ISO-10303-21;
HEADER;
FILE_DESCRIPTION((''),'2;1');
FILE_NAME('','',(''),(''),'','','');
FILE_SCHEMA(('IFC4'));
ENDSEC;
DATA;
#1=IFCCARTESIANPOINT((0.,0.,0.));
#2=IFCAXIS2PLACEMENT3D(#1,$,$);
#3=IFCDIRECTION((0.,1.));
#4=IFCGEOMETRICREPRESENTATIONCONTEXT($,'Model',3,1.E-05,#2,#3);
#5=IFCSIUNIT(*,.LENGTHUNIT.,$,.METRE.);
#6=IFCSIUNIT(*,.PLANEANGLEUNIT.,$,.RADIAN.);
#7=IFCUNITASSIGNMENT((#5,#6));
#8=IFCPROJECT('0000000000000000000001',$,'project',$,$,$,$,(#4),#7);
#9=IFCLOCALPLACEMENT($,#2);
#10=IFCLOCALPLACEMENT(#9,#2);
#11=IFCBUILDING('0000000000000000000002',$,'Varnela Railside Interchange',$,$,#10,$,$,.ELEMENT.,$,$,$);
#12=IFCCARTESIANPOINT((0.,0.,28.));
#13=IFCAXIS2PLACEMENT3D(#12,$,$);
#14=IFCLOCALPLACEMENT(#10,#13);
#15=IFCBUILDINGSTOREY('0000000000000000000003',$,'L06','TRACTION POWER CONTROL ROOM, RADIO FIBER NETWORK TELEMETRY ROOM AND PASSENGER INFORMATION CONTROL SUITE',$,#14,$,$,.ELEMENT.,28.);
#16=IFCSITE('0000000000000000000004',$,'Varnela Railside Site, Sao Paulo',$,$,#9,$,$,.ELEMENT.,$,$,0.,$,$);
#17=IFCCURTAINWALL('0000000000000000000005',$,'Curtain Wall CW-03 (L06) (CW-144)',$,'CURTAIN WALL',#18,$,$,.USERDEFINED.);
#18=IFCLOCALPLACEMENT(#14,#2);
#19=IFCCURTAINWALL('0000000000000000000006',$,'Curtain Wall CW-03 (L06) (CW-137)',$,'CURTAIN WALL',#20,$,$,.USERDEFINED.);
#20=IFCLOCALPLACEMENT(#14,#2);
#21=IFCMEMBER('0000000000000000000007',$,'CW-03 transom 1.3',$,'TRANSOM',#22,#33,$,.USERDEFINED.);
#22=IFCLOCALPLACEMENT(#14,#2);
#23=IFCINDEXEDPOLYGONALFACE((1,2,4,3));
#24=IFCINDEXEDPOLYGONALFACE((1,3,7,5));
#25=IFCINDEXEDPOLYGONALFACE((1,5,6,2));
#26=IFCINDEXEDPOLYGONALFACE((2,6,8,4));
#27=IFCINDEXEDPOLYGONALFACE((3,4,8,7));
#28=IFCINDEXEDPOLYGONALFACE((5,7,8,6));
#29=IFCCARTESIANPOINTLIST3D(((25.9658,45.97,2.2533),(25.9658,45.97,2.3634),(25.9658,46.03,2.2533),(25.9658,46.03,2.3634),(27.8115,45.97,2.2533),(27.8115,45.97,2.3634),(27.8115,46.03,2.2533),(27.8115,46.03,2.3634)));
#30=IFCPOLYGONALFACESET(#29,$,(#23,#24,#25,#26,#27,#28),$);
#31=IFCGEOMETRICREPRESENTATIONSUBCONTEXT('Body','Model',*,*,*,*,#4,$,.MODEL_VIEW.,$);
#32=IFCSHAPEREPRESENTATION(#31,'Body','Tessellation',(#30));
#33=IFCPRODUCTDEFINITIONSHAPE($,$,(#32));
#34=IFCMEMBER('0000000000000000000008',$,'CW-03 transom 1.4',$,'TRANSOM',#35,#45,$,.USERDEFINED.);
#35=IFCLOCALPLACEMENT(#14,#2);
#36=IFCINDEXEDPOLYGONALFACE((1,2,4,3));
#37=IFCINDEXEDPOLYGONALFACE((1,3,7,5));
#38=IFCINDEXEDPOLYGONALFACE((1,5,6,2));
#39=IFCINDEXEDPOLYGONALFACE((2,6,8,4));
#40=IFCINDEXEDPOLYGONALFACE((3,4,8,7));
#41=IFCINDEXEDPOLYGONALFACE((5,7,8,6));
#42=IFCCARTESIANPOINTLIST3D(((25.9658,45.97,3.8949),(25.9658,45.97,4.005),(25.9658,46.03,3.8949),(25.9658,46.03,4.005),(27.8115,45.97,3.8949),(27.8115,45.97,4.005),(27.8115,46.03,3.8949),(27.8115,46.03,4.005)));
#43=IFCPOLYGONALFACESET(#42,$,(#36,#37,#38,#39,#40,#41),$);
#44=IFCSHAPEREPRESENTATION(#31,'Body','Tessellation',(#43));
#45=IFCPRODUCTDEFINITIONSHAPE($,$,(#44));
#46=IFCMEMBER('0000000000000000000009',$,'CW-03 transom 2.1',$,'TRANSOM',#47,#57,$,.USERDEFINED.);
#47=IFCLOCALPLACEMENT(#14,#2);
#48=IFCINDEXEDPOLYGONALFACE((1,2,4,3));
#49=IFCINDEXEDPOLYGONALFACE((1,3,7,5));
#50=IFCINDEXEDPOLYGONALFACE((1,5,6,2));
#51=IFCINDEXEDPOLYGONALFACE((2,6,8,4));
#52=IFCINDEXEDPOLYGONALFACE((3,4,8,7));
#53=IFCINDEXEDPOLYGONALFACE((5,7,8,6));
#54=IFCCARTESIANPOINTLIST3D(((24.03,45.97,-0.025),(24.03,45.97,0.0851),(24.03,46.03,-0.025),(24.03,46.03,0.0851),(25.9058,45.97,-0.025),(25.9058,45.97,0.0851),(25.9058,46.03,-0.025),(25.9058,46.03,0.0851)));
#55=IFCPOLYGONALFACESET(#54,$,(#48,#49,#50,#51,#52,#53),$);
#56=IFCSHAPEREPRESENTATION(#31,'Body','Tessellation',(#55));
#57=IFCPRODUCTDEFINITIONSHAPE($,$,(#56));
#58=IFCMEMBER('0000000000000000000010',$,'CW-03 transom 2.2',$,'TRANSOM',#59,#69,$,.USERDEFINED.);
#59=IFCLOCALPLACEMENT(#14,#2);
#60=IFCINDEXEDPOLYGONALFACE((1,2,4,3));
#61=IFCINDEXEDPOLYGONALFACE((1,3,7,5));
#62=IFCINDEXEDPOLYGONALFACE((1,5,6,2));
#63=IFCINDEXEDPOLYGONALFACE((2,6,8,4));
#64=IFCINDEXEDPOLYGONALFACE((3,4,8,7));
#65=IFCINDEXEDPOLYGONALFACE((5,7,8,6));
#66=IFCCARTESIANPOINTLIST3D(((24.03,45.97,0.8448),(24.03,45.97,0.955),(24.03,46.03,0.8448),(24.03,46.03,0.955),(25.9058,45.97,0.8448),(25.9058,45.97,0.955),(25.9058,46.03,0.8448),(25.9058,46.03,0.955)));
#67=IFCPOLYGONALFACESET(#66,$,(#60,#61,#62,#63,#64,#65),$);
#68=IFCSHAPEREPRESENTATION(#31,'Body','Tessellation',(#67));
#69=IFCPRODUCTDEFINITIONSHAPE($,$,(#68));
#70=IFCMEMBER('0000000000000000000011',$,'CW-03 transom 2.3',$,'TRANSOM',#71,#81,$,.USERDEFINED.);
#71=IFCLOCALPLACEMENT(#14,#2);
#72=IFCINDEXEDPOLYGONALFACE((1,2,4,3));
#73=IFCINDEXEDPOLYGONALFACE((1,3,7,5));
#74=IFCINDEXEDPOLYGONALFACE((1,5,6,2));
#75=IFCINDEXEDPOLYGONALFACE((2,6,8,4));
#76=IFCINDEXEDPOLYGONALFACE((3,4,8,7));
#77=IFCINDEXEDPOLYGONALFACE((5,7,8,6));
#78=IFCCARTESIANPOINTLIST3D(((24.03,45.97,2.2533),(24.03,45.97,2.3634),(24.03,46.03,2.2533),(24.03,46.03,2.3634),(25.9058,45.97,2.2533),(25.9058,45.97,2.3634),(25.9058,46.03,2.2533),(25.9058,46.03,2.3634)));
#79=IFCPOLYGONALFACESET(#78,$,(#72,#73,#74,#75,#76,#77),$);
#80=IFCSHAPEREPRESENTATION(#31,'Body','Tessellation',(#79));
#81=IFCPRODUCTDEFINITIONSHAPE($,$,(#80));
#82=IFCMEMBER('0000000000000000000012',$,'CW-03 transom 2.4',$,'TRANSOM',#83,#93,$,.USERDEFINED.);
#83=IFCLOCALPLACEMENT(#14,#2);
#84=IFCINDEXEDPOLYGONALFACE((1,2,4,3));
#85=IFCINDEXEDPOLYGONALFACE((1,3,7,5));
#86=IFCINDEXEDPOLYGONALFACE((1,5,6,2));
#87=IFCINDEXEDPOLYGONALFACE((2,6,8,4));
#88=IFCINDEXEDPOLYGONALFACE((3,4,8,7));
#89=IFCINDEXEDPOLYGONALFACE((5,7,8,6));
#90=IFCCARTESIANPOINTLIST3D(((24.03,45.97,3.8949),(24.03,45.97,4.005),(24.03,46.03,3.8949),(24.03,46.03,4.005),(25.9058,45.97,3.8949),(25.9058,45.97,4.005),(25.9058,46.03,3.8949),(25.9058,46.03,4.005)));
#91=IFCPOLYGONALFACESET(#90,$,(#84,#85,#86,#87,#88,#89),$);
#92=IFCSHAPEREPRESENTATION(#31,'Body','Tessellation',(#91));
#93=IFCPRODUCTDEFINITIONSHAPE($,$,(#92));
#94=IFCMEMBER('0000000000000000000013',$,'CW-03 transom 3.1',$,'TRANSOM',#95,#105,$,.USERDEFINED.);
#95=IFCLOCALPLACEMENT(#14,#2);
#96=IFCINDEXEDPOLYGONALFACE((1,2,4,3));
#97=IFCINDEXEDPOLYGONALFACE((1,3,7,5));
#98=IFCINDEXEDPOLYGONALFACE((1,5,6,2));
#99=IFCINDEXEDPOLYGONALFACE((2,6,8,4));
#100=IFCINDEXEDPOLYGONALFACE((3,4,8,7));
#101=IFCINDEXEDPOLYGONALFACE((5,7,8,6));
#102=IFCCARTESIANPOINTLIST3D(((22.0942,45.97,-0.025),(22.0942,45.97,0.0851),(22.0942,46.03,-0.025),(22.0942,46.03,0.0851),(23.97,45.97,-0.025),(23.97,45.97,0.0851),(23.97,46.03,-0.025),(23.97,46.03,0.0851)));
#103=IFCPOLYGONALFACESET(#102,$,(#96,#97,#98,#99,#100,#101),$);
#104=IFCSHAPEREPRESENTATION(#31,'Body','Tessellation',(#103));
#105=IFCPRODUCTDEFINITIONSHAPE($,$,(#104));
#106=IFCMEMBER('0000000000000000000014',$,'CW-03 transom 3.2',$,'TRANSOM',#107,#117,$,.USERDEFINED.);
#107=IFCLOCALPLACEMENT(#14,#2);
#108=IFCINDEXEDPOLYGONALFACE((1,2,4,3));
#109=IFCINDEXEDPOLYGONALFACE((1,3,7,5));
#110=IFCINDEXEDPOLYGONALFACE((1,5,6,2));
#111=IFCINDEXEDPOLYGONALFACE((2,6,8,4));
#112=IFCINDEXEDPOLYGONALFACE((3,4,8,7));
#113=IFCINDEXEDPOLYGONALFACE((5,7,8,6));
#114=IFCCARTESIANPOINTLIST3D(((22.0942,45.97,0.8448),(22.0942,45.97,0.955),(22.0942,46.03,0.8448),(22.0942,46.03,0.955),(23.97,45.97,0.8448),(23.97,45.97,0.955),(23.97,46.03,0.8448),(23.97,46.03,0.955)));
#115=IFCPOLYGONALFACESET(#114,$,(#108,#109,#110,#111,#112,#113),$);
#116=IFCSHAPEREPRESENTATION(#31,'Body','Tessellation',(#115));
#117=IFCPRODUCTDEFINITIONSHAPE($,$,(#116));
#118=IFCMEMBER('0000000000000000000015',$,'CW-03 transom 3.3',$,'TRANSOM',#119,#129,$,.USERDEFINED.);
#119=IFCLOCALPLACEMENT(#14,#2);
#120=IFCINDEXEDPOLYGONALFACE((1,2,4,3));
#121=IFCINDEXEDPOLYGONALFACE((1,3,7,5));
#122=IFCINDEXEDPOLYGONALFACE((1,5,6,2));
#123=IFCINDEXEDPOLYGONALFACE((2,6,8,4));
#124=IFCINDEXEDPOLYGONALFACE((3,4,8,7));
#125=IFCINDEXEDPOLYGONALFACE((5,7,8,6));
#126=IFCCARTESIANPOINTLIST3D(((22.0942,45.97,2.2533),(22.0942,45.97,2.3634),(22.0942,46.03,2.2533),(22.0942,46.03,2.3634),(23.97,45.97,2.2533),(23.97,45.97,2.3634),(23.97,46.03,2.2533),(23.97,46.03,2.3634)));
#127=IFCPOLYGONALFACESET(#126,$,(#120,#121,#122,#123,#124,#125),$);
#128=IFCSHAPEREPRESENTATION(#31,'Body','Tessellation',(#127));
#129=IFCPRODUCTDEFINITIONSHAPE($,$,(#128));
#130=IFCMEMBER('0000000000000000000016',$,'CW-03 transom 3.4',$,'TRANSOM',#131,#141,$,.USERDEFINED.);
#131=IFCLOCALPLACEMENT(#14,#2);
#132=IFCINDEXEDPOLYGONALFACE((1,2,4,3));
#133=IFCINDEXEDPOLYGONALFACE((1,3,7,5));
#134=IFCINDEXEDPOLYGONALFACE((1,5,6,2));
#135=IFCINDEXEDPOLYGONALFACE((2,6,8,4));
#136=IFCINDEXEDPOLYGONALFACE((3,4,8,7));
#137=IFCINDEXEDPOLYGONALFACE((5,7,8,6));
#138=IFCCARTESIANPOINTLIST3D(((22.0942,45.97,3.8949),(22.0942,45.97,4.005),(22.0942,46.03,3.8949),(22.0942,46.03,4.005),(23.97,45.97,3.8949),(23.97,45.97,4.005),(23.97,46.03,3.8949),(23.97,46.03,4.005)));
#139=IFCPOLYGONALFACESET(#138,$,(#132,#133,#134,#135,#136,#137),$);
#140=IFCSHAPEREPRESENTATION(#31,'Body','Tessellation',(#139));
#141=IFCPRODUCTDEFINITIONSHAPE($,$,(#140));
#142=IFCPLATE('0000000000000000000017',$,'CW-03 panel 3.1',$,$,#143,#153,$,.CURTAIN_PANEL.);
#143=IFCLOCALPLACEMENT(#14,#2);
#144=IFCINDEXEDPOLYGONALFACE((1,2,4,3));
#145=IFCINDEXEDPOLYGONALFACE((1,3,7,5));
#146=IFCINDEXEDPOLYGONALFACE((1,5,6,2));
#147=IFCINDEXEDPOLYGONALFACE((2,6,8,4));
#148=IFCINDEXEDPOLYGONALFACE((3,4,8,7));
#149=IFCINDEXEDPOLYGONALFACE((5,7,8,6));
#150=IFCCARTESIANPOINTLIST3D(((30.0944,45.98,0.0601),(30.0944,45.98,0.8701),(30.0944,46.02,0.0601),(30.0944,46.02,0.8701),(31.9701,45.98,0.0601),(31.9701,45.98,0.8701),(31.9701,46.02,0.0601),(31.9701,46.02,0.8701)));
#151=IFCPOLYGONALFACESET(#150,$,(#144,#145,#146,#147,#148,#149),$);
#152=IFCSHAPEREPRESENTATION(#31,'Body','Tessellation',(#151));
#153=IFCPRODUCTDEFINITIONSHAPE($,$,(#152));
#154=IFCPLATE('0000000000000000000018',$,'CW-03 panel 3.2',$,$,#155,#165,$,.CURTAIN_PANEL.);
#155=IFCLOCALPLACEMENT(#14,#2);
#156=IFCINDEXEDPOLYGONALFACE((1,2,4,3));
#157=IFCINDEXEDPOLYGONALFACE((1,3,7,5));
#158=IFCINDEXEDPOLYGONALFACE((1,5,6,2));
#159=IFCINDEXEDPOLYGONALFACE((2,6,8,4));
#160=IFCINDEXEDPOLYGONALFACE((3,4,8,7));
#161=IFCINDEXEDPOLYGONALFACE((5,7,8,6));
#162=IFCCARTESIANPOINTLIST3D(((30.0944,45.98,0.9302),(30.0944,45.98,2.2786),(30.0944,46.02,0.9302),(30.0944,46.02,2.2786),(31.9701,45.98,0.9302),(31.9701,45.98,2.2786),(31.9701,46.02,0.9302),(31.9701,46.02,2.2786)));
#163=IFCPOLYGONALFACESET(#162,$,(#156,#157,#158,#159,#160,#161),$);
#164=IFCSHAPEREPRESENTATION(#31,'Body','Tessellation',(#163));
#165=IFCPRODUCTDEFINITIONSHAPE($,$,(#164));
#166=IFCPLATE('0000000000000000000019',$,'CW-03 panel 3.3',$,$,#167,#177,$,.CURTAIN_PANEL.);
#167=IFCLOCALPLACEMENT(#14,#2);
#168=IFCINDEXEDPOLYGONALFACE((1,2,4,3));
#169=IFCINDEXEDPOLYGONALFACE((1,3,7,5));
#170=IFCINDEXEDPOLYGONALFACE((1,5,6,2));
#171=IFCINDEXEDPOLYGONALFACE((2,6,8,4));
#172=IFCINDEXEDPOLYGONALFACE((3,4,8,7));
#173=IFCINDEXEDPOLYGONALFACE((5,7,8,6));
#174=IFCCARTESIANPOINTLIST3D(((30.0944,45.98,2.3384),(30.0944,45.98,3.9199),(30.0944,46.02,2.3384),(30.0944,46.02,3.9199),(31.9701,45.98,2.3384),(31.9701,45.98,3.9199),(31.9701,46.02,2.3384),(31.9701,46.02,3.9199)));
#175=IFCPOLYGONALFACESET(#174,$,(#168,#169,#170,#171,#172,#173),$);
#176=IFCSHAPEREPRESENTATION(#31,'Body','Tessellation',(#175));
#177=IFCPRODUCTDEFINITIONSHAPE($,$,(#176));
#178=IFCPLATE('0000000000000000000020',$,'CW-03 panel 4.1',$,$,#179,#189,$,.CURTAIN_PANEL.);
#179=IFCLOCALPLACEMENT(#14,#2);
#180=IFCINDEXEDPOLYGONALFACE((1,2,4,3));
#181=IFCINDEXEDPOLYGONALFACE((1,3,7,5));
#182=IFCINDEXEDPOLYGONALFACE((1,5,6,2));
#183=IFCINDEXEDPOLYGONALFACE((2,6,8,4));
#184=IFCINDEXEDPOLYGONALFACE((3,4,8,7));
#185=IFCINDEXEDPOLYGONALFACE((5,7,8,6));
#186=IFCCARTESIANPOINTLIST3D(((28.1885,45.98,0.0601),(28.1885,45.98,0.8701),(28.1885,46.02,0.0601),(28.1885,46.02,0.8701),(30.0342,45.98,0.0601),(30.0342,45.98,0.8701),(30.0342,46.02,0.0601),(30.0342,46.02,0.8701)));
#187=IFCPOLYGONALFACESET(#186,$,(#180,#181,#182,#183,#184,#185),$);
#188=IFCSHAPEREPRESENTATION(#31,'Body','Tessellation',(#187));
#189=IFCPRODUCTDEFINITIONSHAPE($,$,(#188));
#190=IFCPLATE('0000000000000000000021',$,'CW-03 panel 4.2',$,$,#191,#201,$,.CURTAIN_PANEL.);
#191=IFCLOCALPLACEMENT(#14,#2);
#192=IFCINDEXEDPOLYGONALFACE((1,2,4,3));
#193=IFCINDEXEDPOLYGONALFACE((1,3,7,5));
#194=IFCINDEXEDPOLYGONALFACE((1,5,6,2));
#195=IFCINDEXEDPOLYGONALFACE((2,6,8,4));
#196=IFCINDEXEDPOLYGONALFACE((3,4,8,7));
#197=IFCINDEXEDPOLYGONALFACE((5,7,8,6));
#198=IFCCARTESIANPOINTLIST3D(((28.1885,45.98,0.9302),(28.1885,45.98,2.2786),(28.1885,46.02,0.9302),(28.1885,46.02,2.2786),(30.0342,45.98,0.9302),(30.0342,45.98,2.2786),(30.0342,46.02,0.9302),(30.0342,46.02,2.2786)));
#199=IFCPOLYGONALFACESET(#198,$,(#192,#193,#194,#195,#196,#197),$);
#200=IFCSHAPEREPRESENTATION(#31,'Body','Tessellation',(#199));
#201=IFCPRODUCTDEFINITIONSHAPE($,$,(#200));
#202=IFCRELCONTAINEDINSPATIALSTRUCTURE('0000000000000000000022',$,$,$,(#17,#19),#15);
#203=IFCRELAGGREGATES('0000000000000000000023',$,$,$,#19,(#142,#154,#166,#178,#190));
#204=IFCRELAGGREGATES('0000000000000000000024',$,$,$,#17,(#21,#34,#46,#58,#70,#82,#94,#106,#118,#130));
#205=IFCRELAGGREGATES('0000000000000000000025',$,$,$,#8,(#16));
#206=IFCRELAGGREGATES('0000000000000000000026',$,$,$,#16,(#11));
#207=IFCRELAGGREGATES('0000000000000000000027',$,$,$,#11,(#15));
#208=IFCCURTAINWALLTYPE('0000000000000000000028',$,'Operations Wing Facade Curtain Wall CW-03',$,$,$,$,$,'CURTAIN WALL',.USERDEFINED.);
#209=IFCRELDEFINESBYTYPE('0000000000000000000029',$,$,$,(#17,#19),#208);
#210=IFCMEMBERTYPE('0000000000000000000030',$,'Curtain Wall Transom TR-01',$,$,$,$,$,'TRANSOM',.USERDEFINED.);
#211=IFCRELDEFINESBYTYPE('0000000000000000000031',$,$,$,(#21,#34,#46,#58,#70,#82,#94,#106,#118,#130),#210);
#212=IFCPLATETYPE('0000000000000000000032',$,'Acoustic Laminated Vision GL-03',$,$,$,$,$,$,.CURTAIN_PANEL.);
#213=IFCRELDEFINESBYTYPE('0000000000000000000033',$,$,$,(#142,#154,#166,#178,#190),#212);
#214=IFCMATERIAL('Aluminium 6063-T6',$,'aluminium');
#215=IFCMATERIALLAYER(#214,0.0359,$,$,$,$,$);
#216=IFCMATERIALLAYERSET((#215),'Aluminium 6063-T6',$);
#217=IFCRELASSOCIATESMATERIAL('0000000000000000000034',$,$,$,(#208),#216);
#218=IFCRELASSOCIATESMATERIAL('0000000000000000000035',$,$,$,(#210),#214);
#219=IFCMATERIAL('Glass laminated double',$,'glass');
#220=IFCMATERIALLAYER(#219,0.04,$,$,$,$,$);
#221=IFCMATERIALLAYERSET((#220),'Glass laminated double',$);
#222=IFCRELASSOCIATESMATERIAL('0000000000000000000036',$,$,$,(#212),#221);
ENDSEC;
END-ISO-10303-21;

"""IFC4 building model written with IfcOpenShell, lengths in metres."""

from ifc_helpers import new_model, si_unit, direction, frame, origin, origin_2d, place, context, subcontext, project, spatial, rectangle, extrude, material, layer, layer_set, material_profile, profile_set, type_object, element, aggregate, save


model = new_model("IFC4")

# Units and contexts
model_context = context("Model", 3, precision=1e-05, world=origin(), true_north=direction((0.0, 1.0)))
body_context = subcontext(model_context, "Body", "Model", "MODEL_VIEW")
ifc_project = project(units=[si_unit("LENGTHUNIT", "METRE"), si_unit("PLANEANGLEUNIT", "RADIAN")], contexts=[model_context])

# Site, building, storey
site_placement = place(None, origin())
site = spatial("IfcSite", under=ifc_project, at=site_placement, Name="Varnela Railside Site, Sao Paulo", CompositionType="ELEMENT", RefElevation=0.0)
building_placement = place(site_placement, origin())
building = spatial("IfcBuilding", under=site, at=building_placement, Name="Varnela Railside Interchange", CompositionType="ELEMENT")
storey_placement = place(building_placement, frame((0.0, 0.0, 28.0)))
storey = spatial("IfcBuildingStorey", under=building, at=storey_placement, Name="L06", Description="TRACTION POWER CONTROL ROOM, RADIO FIBER NETWORK TELEMETRY ROOM AND PASSENGER INFORMATION CONTROL SUITE", CompositionType="ELEMENT", Elevation=28.0)

# Curtain walls
ifc_material_1 = material(Name="Aluminium 6063-T6", Category="aluminium")
ifc_layer_1 = layer(ifc_material_1, 0.0359)
ifc_layer_set_1 = layer_set([ifc_layer_1], Name="Aluminium 6063-T6")
curtain_wall_type = type_object("IfcCurtainWallType", Name="Operations Wing Facade Curtain Wall CW-03", ElementType="CURTAIN WALL", PredefinedType="USERDEFINED", material=ifc_layer_set_1)
curtain_wall_1_placement = place(storey_placement, origin())
curtain_wall_1 = element("IfcCurtainWall", 1, at=curtain_wall_1_placement, inside=storey, type_object=curtain_wall_type, Name="Curtain Wall CW-03 (L06) (CW-144)", ObjectType="CURTAIN WALL", PredefinedType="USERDEFINED")
curtain_wall_2_placement = place(storey_placement, origin())
curtain_wall_2 = element("IfcCurtainWall", 2, at=curtain_wall_2_placement, inside=storey, type_object=curtain_wall_type, Name="Curtain Wall CW-03 (L06) (CW-137)", ObjectType="CURTAIN WALL", PredefinedType="USERDEFINED")
ifc_material_profile_1 = material_profile(ifc_material_1, rectangle(XDim=0.0601, YDim=0.1101, at=origin_2d()), Name="ALU 60x110")
ifc_profile_set_1 = profile_set([ifc_material_profile_1], Name="Aluminium 6063-T6")
member_type_1 = type_object("IfcMemberType", Name="Curtain Wall Transom TR-01", ElementType="TRANSOM", PredefinedType="USERDEFINED", material=ifc_profile_set_1)

# Members
member_1_placement = place(storey_placement, frame((27.8115, 46.0, 2.3083), z_axis=(-1.0, 0.0, 0.0), x_axis=(0.0, -1.0, 0.0)))
member_1 = element("IfcMember", 3, at=member_1_placement, type_object=member_type_1, Name="CW-03 transom 1.3", ObjectType="TRANSOM", PredefinedType="USERDEFINED", context=body_context, shape_type="SweptSolid", body=[
    extrude(rectangle(XDim=0.0601, YDim=0.1101, at=origin_2d()), origin(), (0.0, 0.0, 1.0), 1.8457),
])
member_2_placement = place(storey_placement, frame((27.8115, 46.0, 3.95), z_axis=(-1.0, 0.0, 0.0), x_axis=(0.0, -1.0, 0.0)))
member_2 = element("IfcMember", 4, at=member_2_placement, type_object=member_type_1, Name="CW-03 transom 1.4", ObjectType="TRANSOM", PredefinedType="USERDEFINED", context=body_context, shape_type="SweptSolid", body=[
    extrude(rectangle(XDim=0.0601, YDim=0.1101, at=origin_2d()), origin(), (0.0, 0.0, 1.0), 1.8457),
])
member_3_placement = place(storey_placement, frame((25.9058, 46.0, 0.03), z_axis=(-1.0, 0.0, 0.0), x_axis=(0.0, -1.0, 0.0)))
member_3 = element("IfcMember", 5, at=member_3_placement, type_object=member_type_1, Name="CW-03 transom 2.1", ObjectType="TRANSOM", PredefinedType="USERDEFINED", context=body_context, shape_type="SweptSolid", body=[
    extrude(rectangle(XDim=0.0601, YDim=0.1101, at=origin_2d()), origin(), (0.0, 0.0, 1.0), 1.8757),
])
member_4_placement = place(storey_placement, frame((25.9058, 46.0, 0.8999), z_axis=(-1.0, 0.0, 0.0), x_axis=(0.0, -1.0, 0.0)))
member_4 = element("IfcMember", 6, at=member_4_placement, type_object=member_type_1, Name="CW-03 transom 2.2", ObjectType="TRANSOM", PredefinedType="USERDEFINED", context=body_context, shape_type="SweptSolid", body=[
    extrude(rectangle(XDim=0.0601, YDim=0.1101, at=origin_2d()), origin(), (0.0, 0.0, 1.0), 1.8757),
])
member_5_placement = place(storey_placement, frame((25.9058, 46.0, 2.3083), z_axis=(-1.0, 0.0, 0.0), x_axis=(0.0, -1.0, 0.0)))
member_5 = element("IfcMember", 7, at=member_5_placement, type_object=member_type_1, Name="CW-03 transom 2.3", ObjectType="TRANSOM", PredefinedType="USERDEFINED", context=body_context, shape_type="SweptSolid", body=[
    extrude(rectangle(XDim=0.0601, YDim=0.1101, at=origin_2d()), origin(), (0.0, 0.0, 1.0), 1.8757),
])
member_6_placement = place(storey_placement, frame((25.9058, 46.0, 3.95), z_axis=(-1.0, 0.0, 0.0), x_axis=(0.0, -1.0, 0.0)))
member_6 = element("IfcMember", 8, at=member_6_placement, type_object=member_type_1, Name="CW-03 transom 2.4", ObjectType="TRANSOM", PredefinedType="USERDEFINED", context=body_context, shape_type="SweptSolid", body=[
    extrude(rectangle(XDim=0.0601, YDim=0.1101, at=origin_2d()), origin(), (0.0, 0.0, 1.0), 1.8757),
])
member_7_placement = place(storey_placement, frame((23.97, 46.0, 0.03), z_axis=(-1.0, 0.0, 0.0), x_axis=(0.0, -1.0, 0.0)))
member_7 = element("IfcMember", 9, at=member_7_placement, type_object=member_type_1, Name="CW-03 transom 3.1", ObjectType="TRANSOM", PredefinedType="USERDEFINED", context=body_context, shape_type="SweptSolid", body=[
    extrude(rectangle(XDim=0.0601, YDim=0.1101, at=origin_2d()), origin(), (0.0, 0.0, 1.0), 1.8757),
])
member_8_placement = place(storey_placement, frame((23.97, 46.0, 0.8999), z_axis=(-1.0, 0.0, 0.0), x_axis=(0.0, -1.0, 0.0)))
member_8 = element("IfcMember", 10, at=member_8_placement, type_object=member_type_1, Name="CW-03 transom 3.2", ObjectType="TRANSOM", PredefinedType="USERDEFINED", context=body_context, shape_type="SweptSolid", body=[
    extrude(rectangle(XDim=0.0601, YDim=0.1101, at=origin_2d()), origin(), (0.0, 0.0, 1.0), 1.8757),
])
member_9_placement = place(storey_placement, frame((23.97, 46.0, 2.3083), z_axis=(-1.0, 0.0, 0.0), x_axis=(0.0, -1.0, 0.0)))
member_9 = element("IfcMember", 11, at=member_9_placement, type_object=member_type_1, Name="CW-03 transom 3.3", ObjectType="TRANSOM", PredefinedType="USERDEFINED", context=body_context, shape_type="SweptSolid", body=[
    extrude(rectangle(XDim=0.0601, YDim=0.1101, at=origin_2d()), origin(), (0.0, 0.0, 1.0), 1.8757),
])
member_10_placement = place(storey_placement, frame((23.97, 46.0, 3.95), z_axis=(-1.0, 0.0, 0.0), x_axis=(0.0, -1.0, 0.0)))
member_10 = element("IfcMember", 12, at=member_10_placement, type_object=member_type_1, Name="CW-03 transom 3.4", ObjectType="TRANSOM", PredefinedType="USERDEFINED", context=body_context, shape_type="SweptSolid", body=[
    extrude(rectangle(XDim=0.0601, YDim=0.1101, at=origin_2d()), origin(), (0.0, 0.0, 1.0), 1.8757),
])

# Plates
ifc_material_2 = material(Name="Glass laminated double", Category="glass")
ifc_layer_2 = layer(ifc_material_2, 0.04)
ifc_layer_set_2 = layer_set([ifc_layer_2], Name="Glass laminated double")
plate_type = type_object("IfcPlateType", Name="Acoustic Laminated Vision GL-03", PredefinedType="CURTAIN_PANEL", material=ifc_layer_set_2)
plate_1_placement = place(storey_placement, frame((31.0322, 46.0, 0.0601), z_axis=(0.0, 0.0, 1.0), x_axis=(-1.0, 0.0, 0.0)))
plate_1 = element("IfcPlate", 13, at=plate_1_placement, type_object=plate_type, Name="CW-03 panel 3.1", PredefinedType="CURTAIN_PANEL", context=body_context, shape_type="SweptSolid", body=[
    extrude(rectangle(XDim=1.8757, YDim=0.04, at=origin_2d()), origin(), (0.0, 0.0, 1.0), 0.8101),
])
plate_2_placement = place(storey_placement, frame((31.0322, 46.0, 0.9302), z_axis=(0.0, 0.0, 1.0), x_axis=(-1.0, 0.0, 0.0)))
plate_2 = element("IfcPlate", 14, at=plate_2_placement, type_object=plate_type, Name="CW-03 panel 3.2", PredefinedType="CURTAIN_PANEL", context=body_context, shape_type="SweptSolid", body=[
    extrude(rectangle(XDim=1.8757, YDim=0.04, at=origin_2d()), origin(), (0.0, 0.0, 1.0), 1.3484),
])
plate_3_placement = place(storey_placement, frame((31.0322, 46.0, 2.3384), z_axis=(0.0, 0.0, 1.0), x_axis=(-1.0, 0.0, 0.0)))
plate_3 = element("IfcPlate", 15, at=plate_3_placement, type_object=plate_type, Name="CW-03 panel 3.3", PredefinedType="CURTAIN_PANEL", context=body_context, shape_type="SweptSolid", body=[
    extrude(rectangle(XDim=1.8757, YDim=0.04, at=origin_2d()), origin(), (0.0, 0.0, 1.0), 1.5815),
])
plate_4_placement = place(storey_placement, frame((29.1113, 46.0, 0.0601), z_axis=(0.0, 0.0, 1.0), x_axis=(-1.0, 0.0, 0.0)))
plate_4 = element("IfcPlate", 16, at=plate_4_placement, type_object=plate_type, Name="CW-03 panel 4.1", PredefinedType="CURTAIN_PANEL", context=body_context, shape_type="SweptSolid", body=[
    extrude(rectangle(XDim=1.8457, YDim=0.04, at=origin_2d()), origin(), (0.0, 0.0, 1.0), 0.8101),
])
plate_5_placement = place(storey_placement, frame((29.1113, 46.0, 0.9302), z_axis=(0.0, 0.0, 1.0), x_axis=(-1.0, 0.0, 0.0)))
plate_5 = element("IfcPlate", 17, at=plate_5_placement, type_object=plate_type, Name="CW-03 panel 4.2", PredefinedType="CURTAIN_PANEL", context=body_context, shape_type="SweptSolid", body=[
    extrude(rectangle(XDim=1.8457, YDim=0.04, at=origin_2d()), origin(), (0.0, 0.0, 1.0), 1.3484),
])
aggregate(curtain_wall_2, [plate_1, plate_2, plate_3, plate_4, plate_5])
aggregate(curtain_wall_1, [member_1, member_2, member_3, member_4, member_5, member_6, member_7, member_8, member_9, member_10])

save(model, "model.ifc")
